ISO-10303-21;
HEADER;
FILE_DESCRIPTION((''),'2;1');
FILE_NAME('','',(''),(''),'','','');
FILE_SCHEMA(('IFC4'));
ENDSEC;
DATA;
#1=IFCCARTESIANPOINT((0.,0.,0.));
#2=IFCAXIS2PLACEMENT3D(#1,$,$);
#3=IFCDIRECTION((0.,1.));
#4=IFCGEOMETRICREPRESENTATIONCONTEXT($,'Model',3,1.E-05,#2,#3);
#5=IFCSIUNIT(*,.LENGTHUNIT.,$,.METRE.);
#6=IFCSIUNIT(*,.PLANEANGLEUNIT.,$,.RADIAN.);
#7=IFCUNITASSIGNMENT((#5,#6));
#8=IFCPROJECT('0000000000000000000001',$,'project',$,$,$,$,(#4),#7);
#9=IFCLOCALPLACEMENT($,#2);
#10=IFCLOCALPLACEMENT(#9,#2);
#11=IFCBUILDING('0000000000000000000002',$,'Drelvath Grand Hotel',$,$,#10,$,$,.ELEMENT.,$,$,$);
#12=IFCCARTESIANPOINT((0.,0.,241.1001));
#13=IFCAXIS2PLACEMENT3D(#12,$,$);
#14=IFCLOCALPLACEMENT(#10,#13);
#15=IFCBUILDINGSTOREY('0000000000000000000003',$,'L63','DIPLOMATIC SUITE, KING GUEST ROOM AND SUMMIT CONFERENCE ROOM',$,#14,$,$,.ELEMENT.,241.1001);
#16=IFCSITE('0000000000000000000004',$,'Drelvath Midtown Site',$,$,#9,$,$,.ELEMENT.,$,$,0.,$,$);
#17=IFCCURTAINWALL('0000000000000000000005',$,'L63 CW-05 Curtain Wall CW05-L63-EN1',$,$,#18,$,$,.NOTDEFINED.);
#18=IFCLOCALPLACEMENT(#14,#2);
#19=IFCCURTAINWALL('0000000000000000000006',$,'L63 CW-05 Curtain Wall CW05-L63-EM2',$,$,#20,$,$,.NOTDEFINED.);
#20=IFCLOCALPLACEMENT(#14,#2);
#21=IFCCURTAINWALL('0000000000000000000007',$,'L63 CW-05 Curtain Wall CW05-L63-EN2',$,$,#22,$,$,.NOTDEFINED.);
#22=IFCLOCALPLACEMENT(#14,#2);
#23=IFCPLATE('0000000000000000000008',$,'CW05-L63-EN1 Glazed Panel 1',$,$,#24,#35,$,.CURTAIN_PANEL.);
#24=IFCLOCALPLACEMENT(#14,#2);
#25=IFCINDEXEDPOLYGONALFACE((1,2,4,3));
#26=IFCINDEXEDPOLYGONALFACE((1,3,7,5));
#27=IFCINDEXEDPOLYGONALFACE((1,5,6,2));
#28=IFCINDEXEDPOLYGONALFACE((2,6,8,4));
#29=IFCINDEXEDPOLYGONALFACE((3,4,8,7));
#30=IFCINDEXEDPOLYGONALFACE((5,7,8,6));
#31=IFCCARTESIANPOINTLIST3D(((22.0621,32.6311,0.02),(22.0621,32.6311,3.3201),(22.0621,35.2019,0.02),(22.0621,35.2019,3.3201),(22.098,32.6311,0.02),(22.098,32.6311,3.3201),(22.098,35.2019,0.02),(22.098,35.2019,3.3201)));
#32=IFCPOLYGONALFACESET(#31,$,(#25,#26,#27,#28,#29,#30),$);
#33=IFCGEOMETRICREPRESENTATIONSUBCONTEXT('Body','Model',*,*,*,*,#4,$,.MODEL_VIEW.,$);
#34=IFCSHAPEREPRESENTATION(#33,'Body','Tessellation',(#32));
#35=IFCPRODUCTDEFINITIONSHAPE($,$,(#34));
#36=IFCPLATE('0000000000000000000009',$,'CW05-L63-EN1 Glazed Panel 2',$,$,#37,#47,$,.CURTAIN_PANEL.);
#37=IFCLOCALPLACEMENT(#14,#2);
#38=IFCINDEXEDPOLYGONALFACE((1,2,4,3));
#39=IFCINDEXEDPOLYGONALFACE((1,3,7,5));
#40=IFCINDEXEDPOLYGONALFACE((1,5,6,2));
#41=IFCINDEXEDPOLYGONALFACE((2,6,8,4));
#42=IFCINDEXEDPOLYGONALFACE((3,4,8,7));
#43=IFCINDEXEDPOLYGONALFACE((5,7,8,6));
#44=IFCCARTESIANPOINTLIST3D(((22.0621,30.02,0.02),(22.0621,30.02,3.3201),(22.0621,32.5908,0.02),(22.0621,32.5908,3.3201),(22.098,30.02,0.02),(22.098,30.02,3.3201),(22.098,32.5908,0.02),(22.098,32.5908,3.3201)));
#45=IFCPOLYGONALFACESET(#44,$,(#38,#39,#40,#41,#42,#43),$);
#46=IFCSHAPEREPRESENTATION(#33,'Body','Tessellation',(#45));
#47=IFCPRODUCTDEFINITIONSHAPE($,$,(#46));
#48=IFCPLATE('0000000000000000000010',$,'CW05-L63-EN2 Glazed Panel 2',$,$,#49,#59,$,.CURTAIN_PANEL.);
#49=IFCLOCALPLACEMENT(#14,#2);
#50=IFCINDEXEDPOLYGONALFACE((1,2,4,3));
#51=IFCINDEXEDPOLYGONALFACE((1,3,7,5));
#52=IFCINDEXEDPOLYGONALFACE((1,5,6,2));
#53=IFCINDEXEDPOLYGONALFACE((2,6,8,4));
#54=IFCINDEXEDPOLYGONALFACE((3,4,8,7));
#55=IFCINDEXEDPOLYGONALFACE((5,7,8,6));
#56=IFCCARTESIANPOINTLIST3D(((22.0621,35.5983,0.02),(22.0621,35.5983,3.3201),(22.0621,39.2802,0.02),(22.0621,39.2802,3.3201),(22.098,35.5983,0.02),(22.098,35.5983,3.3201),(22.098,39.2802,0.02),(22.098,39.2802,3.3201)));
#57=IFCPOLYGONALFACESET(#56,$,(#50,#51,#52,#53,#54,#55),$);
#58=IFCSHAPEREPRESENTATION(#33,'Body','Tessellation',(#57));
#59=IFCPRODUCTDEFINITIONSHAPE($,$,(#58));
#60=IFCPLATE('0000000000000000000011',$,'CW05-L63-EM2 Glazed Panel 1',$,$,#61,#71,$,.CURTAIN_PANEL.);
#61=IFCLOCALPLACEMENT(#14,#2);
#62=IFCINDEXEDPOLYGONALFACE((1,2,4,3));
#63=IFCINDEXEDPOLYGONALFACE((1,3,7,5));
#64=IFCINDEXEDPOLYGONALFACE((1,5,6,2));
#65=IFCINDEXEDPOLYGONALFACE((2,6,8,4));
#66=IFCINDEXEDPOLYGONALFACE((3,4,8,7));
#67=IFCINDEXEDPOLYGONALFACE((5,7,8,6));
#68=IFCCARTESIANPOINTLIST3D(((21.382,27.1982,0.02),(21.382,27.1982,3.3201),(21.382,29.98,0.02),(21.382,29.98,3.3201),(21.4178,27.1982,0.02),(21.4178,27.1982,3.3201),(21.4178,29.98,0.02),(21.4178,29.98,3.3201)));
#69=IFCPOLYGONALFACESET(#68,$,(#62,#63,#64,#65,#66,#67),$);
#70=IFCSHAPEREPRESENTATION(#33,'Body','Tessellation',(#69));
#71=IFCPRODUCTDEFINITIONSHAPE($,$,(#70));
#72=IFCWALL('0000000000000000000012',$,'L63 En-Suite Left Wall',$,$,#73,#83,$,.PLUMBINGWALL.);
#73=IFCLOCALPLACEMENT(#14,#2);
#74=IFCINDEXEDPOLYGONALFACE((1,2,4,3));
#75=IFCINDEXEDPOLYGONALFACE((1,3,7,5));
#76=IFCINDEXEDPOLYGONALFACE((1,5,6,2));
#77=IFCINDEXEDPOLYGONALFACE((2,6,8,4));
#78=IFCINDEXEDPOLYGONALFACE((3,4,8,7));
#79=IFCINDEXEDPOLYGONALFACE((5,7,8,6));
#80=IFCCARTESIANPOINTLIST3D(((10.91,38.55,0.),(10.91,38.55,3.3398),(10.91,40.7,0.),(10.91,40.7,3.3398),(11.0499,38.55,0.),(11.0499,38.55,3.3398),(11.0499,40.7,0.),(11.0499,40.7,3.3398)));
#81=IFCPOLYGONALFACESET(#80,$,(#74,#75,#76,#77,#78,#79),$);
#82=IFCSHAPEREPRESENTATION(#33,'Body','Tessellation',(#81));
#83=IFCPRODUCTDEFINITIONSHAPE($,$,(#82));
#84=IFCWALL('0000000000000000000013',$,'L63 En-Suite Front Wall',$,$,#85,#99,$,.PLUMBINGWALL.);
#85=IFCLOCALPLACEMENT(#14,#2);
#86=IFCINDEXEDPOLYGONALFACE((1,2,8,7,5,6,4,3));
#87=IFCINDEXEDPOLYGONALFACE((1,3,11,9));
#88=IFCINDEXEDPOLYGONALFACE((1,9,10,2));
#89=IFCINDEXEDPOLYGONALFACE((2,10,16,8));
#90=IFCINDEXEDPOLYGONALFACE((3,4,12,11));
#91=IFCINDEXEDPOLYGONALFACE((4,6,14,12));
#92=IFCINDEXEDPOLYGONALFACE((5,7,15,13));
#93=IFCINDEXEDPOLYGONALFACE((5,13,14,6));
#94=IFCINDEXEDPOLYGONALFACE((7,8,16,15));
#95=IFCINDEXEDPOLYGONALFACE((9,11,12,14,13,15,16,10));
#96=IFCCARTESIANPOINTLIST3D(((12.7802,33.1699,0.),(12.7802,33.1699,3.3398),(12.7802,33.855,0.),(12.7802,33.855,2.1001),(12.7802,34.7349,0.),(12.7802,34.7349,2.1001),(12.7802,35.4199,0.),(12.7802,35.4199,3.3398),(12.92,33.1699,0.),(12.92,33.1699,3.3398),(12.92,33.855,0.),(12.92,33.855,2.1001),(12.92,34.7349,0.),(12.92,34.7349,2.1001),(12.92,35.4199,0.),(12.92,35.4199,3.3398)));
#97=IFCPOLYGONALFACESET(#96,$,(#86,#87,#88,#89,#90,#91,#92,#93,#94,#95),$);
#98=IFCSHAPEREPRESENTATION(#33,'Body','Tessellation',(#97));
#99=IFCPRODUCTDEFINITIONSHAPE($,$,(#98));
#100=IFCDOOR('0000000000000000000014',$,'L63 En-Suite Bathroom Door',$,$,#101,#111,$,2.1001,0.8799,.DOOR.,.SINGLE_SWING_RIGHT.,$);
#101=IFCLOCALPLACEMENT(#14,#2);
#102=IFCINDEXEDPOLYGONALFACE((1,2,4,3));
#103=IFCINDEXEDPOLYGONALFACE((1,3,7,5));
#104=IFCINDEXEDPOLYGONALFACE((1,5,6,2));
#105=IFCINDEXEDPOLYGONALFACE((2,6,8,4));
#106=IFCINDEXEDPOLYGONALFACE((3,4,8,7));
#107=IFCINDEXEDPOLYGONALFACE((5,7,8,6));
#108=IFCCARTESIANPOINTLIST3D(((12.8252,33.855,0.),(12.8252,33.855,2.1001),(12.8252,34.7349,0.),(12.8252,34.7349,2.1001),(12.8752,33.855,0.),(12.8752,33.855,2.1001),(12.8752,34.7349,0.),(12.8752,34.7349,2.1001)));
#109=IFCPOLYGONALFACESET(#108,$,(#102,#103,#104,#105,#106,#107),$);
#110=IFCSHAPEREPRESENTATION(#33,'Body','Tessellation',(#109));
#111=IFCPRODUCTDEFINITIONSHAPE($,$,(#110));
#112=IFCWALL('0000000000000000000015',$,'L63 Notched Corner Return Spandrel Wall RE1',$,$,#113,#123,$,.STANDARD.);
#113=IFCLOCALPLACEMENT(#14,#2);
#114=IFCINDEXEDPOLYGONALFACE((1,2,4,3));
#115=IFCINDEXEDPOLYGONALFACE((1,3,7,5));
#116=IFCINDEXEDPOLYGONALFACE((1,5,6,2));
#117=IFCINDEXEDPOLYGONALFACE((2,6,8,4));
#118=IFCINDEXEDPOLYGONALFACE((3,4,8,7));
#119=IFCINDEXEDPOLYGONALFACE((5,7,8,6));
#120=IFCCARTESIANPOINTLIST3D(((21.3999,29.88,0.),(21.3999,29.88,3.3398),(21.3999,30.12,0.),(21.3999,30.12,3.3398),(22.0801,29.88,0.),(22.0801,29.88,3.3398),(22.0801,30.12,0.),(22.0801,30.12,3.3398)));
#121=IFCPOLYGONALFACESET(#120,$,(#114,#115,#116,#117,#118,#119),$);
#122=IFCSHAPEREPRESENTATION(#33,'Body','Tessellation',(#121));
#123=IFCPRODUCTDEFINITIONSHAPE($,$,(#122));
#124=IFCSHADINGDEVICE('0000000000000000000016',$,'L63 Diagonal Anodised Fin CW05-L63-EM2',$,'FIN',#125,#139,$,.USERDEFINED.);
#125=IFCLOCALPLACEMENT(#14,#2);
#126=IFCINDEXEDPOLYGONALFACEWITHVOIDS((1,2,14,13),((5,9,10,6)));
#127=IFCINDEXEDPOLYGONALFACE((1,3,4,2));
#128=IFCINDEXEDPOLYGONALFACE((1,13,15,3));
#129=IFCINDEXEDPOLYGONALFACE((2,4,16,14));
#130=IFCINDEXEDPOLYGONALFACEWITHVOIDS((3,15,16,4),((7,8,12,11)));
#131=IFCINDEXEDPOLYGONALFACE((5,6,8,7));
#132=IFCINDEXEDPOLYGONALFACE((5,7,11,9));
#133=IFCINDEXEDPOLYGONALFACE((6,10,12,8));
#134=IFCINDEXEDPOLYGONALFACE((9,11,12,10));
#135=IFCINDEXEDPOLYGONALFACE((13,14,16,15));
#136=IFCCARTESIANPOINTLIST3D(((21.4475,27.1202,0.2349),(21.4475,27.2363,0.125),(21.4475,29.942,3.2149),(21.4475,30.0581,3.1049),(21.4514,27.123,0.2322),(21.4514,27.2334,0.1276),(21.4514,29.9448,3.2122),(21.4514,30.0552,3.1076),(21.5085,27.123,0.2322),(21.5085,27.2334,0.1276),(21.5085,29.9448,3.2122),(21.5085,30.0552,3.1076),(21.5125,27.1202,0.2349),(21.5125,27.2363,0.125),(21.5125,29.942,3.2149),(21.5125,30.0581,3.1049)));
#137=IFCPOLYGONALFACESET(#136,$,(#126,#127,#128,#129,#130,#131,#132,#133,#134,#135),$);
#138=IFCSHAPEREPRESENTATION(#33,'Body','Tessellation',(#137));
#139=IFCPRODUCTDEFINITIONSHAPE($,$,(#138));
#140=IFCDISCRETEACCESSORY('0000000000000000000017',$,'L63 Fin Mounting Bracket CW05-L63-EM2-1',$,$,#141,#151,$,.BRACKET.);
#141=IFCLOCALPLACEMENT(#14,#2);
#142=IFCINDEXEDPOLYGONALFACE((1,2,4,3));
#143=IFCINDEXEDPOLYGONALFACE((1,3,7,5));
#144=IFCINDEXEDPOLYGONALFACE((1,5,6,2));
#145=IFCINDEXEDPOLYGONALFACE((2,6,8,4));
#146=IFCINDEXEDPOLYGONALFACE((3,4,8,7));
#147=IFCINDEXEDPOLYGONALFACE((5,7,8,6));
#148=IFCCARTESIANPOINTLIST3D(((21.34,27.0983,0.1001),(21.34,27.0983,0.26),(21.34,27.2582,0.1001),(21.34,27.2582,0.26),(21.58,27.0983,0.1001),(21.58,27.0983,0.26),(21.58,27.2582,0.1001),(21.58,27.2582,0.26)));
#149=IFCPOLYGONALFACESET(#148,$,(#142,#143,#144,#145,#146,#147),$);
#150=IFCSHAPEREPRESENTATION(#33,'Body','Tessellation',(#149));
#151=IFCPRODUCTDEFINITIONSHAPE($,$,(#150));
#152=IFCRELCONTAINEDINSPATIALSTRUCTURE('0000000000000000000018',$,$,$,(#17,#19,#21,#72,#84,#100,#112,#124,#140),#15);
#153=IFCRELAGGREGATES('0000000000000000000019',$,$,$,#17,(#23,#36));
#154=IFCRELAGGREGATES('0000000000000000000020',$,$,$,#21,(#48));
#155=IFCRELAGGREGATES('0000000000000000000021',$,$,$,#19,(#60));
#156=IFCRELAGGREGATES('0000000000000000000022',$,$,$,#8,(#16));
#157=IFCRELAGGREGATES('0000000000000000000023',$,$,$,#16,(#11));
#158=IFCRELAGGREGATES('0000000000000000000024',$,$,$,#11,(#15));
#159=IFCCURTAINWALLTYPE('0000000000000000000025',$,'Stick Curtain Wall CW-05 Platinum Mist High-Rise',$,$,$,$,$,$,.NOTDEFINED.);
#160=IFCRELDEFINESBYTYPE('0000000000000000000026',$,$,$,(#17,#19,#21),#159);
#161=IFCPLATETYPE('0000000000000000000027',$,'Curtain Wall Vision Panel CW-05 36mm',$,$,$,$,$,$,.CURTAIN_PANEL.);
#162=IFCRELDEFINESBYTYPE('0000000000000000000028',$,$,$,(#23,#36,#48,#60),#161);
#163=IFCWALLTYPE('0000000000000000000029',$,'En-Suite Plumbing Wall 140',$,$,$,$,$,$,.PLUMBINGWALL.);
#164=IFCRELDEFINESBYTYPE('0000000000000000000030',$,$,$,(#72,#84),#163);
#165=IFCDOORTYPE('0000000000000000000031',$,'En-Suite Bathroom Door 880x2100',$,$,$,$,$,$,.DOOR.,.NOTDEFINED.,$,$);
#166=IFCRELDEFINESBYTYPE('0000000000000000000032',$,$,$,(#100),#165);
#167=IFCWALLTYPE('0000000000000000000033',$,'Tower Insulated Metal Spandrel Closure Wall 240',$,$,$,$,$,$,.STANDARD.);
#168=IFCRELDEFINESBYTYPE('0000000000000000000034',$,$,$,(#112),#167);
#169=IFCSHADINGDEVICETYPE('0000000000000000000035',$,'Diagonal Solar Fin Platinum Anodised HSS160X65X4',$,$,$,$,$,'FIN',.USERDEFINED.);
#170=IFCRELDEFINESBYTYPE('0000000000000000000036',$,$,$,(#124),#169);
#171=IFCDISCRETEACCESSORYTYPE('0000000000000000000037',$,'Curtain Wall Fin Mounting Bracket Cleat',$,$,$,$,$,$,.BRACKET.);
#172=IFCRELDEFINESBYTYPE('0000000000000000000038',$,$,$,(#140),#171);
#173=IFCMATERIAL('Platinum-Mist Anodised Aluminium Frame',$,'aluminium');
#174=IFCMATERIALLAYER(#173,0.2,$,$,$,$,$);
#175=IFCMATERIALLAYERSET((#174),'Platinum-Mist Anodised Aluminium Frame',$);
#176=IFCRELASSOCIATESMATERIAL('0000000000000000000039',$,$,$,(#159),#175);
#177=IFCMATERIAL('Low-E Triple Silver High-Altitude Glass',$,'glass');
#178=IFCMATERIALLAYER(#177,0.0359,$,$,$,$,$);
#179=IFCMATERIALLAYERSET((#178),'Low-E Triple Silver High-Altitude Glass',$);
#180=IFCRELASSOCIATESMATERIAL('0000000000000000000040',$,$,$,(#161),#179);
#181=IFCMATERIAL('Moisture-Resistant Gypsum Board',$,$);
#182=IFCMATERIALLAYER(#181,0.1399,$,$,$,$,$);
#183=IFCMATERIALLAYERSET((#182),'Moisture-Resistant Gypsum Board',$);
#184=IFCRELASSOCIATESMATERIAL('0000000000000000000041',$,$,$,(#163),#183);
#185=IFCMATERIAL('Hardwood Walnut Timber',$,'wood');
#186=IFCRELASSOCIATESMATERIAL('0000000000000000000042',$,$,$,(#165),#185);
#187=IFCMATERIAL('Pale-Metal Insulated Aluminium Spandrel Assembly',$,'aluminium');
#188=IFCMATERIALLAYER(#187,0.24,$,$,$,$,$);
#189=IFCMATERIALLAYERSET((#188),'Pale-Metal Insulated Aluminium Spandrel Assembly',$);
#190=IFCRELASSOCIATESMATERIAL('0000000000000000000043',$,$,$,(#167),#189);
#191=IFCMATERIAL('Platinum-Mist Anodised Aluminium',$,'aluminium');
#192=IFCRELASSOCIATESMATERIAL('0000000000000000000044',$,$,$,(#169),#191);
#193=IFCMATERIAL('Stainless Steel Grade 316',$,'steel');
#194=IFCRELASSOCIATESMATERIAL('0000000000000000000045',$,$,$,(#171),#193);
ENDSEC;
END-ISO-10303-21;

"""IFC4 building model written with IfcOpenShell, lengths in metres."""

from ifc_helpers import new_model, si_unit, direction, frame, frame_2d, origin, origin_2d, place, context, subcontext, project, spatial, rectangle, hollow_rectangle, extrude, material, layer, layer_set, material_profile, profile_set, type_object, element, fill, aggregate, save


model = new_model("IFC4")

# Units and contexts
model_context = context("Model", 3, precision=1e-05, world=origin(), true_north=direction((0.0, 1.0)))
body_context = subcontext(model_context, "Body", "Model", "MODEL_VIEW")
ifc_project = project(units=[si_unit("LENGTHUNIT", "METRE"), si_unit("PLANEANGLEUNIT", "RADIAN")], contexts=[model_context])

# Site, building, storey
site_placement = place(None, origin())
site = spatial("IfcSite", under=ifc_project, at=site_placement, Name="Drelvath Midtown Site", CompositionType="ELEMENT", RefElevation=0.0)
building_placement = place(site_placement, origin())
building = spatial("IfcBuilding", under=site, at=building_placement, Name="Drelvath Grand Hotel", CompositionType="ELEMENT")
storey_placement = place(building_placement, frame((0.0, 0.0, 241.1001)))
storey = spatial("IfcBuildingStorey", under=building, at=storey_placement, Name="L63", Description="DIPLOMATIC SUITE, KING GUEST ROOM AND SUMMIT CONFERENCE ROOM", CompositionType="ELEMENT", Elevation=241.1001)

# Curtain walls
ifc_material_1 = material(Name="Platinum-Mist Anodised Aluminium Frame", Category="aluminium")
ifc_layer_1 = layer(ifc_material_1, 0.2)
ifc_layer_set_1 = layer_set([ifc_layer_1], Name="Platinum-Mist Anodised Aluminium Frame")
curtain_wall_type = type_object("IfcCurtainWallType", Name="Stick Curtain Wall CW-05 Platinum Mist High-Rise", PredefinedType="NOTDEFINED", material=ifc_layer_set_1)
curtain_wall_1_placement = place(storey_placement, origin())
curtain_wall_1 = element("IfcCurtainWall", 1, at=curtain_wall_1_placement, inside=storey, type_object=curtain_wall_type, Name="L63 CW-05 Curtain Wall CW05-L63-EN1", PredefinedType="NOTDEFINED")
curtain_wall_2_placement = place(storey_placement, origin())
curtain_wall_2 = element("IfcCurtainWall", 2, at=curtain_wall_2_placement, inside=storey, type_object=curtain_wall_type, Name="L63 CW-05 Curtain Wall CW05-L63-EM2", PredefinedType="NOTDEFINED")

# Curtain wall
curtain_wall_3_placement = place(storey_placement, origin())
curtain_wall_3 = element("IfcCurtainWall", 3, at=curtain_wall_3_placement, inside=storey, type_object=curtain_wall_type, Name="L63 CW-05 Curtain Wall CW05-L63-EN2", PredefinedType="NOTDEFINED")

# Plates
ifc_material_2 = material(Name="Low-E Triple Silver High-Altitude Glass", Category="glass")
ifc_layer_2 = layer(ifc_material_2, 0.0359)
ifc_layer_set_2 = layer_set([ifc_layer_2], Name="Low-E Triple Silver High-Altitude Glass")
plate_type = type_object("IfcPlateType", Name="Curtain Wall Vision Panel CW-05 36mm", PredefinedType="CURTAIN_PANEL", material=ifc_layer_set_2)
plate_1_placement = place(storey_placement, frame((22.0801, 33.9165, 0.02), z_axis=(0.0, 0.0, 1.0), x_axis=(0.0, -1.0, 0.0)))
plate_1 = element("IfcPlate", 4, at=plate_1_placement, type_object=plate_type, Name="CW05-L63-EN1 Glazed Panel 1", PredefinedType="CURTAIN_PANEL", context=body_context, shape_type="SweptSolid", body=[
    extrude(rectangle(XDim=2.5708, YDim=0.0359, at=origin_2d()), origin(), (0.0, 0.0, 1.0), 3.3),
])
plate_2_placement = place(storey_placement, frame((22.0801, 31.3054, 0.02), z_axis=(0.0, 0.0, 1.0), x_axis=(0.0, -1.0, 0.0)))
plate_2 = element("IfcPlate", 5, at=plate_2_placement, type_object=plate_type, Name="CW05-L63-EN1 Glazed Panel 2", PredefinedType="CURTAIN_PANEL", context=body_context, shape_type="SweptSolid", body=[
    extrude(rectangle(XDim=2.5708, YDim=0.0359, at=origin_2d()), origin(), (0.0, 0.0, 1.0), 3.3),
])
aggregate(curtain_wall_1, [plate_1, plate_2])
plate_3_placement = place(storey_placement, frame((22.0801, 37.4392, 0.02), z_axis=(0.0, 0.0, 1.0), x_axis=(0.0, -1.0, 0.0)))
plate_3 = element("IfcPlate", 6, at=plate_3_placement, type_object=plate_type, Name="CW05-L63-EN2 Glazed Panel 2", PredefinedType="CURTAIN_PANEL", context=body_context, shape_type="SweptSolid", body=[
    extrude(rectangle(XDim=3.6819, YDim=0.0359, at=origin_2d()), origin(), (0.0, 0.0, 1.0), 3.3),
])
aggregate(curtain_wall_3, [plate_3])
plate_4_placement = place(storey_placement, frame((21.3999, 28.5891, 0.02), z_axis=(0.0, 0.0, 1.0), x_axis=(0.0, -1.0, 0.0)))
plate_4 = element("IfcPlate", 7, at=plate_4_placement, type_object=plate_type, Name="CW05-L63-EM2 Glazed Panel 1", PredefinedType="CURTAIN_PANEL", context=body_context, shape_type="SweptSolid", body=[
    extrude(rectangle(XDim=2.7817, YDim=0.0359, at=origin_2d()), origin(), (0.0, 0.0, 1.0), 3.3),
])
aggregate(curtain_wall_2, [plate_4])

# Wall
ifc_material_3 = material(Name="Moisture-Resistant Gypsum Board")
ifc_layer_3 = layer(ifc_material_3, 0.1399)
ifc_layer_set_3 = layer_set([ifc_layer_3], Name="Moisture-Resistant Gypsum Board")
wall_type_1 = type_object("IfcWallType", Name="En-Suite Plumbing Wall 140", PredefinedType="PLUMBINGWALL", material=ifc_layer_set_3)
wall_1_placement = place(storey_placement, frame((10.98, 38.55, 0.0), z_axis=(0.0, 0.0, 1.0), x_axis=(0.0, 1.0, 0.0)))
element("IfcWall", 8, at=wall_1_placement, inside=storey, type_object=wall_type_1, Name="L63 En-Suite Left Wall", PredefinedType="PLUMBINGWALL", context=body_context, shape_type="SweptSolid", body=[
    extrude(rectangle(XDim=2.1499, YDim=0.1399, at=frame_2d((1.075, 0.0))), origin(), (0.0, 0.0, 1.0), 3.3398),
])

# Wall, opening, door
wall_2_placement = place(storey_placement, frame((12.8501, 33.1699, 0.0), z_axis=(0.0, 0.0, 1.0), x_axis=(0.0, 1.0, 0.0)))
wall_2 = element("IfcWall", 9, at=wall_2_placement, inside=storey, type_object=wall_type_1, Name="L63 En-Suite Front Wall", PredefinedType="PLUMBINGWALL", context=body_context, shape_type="SweptSolid", body=[
    extrude(rectangle(XDim=2.25, YDim=0.1399, at=frame_2d((1.125, 0.0))), origin(), (0.0, 0.0, 1.0), 3.3398),
])
opening_placement = place(wall_2_placement, frame((0.6851, 0.0, 0.0)))
opening = element("IfcOpeningElement", 10, at=opening_placement, cuts=wall_2, PredefinedType="OPENING", context=body_context, shape_type="SweptSolid", body=[
    extrude(rectangle(XDim=0.8799, YDim=2.1001, at=frame_2d((0.4399, 1.05))), frame((0.0, 0.0798, 0.0), z_axis=(0.0, -1.0, 0.0), x_axis=(1.0, 0.0, 0.0)), (0.0, 0.0, 1.0), 0.1599),
])
ifc_material_4 = material(Name="Hardwood Walnut Timber", Category="wood")
door_type = type_object("IfcDoorType", Name="En-Suite Bathroom Door 880x2100", OperationType="NOTDEFINED", PredefinedType="DOOR", material=ifc_material_4)
door_placement = place(opening_placement, origin())
door = element("IfcDoor", 11, at=door_placement, inside=storey, type_object=door_type, Name="L63 En-Suite Bathroom Door", OperationType="SINGLE_SWING_RIGHT", OverallHeight=2.1001, OverallWidth=0.8799, PredefinedType="DOOR", context=body_context, shape_type="SweptSolid", body=[
    extrude(rectangle(XDim=0.8799, YDim=2.1001, at=frame_2d((0.4399, 1.05))), frame((0.0, 0.0249, 0.0), z_axis=(0.0, -1.0, 0.0), x_axis=(1.0, 0.0, 0.0)), (0.0, 0.0, 1.0), 0.05),
])
fill(opening, door)

# Wall
ifc_material_5 = material(Name="Pale-Metal Insulated Aluminium Spandrel Assembly", Category="aluminium")
ifc_layer_4 = layer(ifc_material_5, 0.24)
ifc_layer_set_4 = layer_set([ifc_layer_4], Name="Pale-Metal Insulated Aluminium Spandrel Assembly")
wall_type_2 = type_object("IfcWallType", Name="Tower Insulated Metal Spandrel Closure Wall 240", PredefinedType="STANDARD", material=ifc_layer_set_4)
wall_3_placement = place(storey_placement, frame((22.0801, 30.0, 0.0), z_axis=(0.0, 0.0, 1.0), x_axis=(-1.0, 0.0, 0.0)))
element("IfcWall", 12, at=wall_3_placement, inside=storey, type_object=wall_type_2, Name="L63 Notched Corner Return Spandrel Wall RE1", PredefinedType="STANDARD", context=body_context, shape_type="SweptSolid", body=[
    extrude(rectangle(XDim=0.6802, YDim=0.24, at=frame_2d((0.3401, 0.0))), origin(), (0.0, 0.0, 1.0), 3.3398),
])

# Shading device
ifc_material_6 = material(Name="Platinum-Mist Anodised Aluminium", Category="aluminium")
ifc_material_profile_1 = material_profile(ifc_material_6, hollow_rectangle(XDim=0.0649, YDim=0.1599, WallThickness=0.0039, at=origin_2d()), Name="HSS160X65X4")
ifc_profile_set_1 = profile_set([ifc_material_profile_1], Name="Platinum-Mist Anodised Aluminium")
shading_device_type = type_object("IfcShadingDeviceType", Name="Diagonal Solar Fin Platinum Anodised HSS160X65X4", ElementType="FIN", PredefinedType="USERDEFINED", material=ifc_profile_set_1)
shading_device_placement = place(storey_placement, frame((21.48, 27.1782, 0.1799), z_axis=(0.0, 0.68757, 0.726118), x_axis=(-1.0, 0.0, 0.0)))
element("IfcShadingDevice", 13, at=shading_device_placement, inside=storey, type_object=shading_device_type, Name="L63 Diagonal Anodised Fin CW05-L63-EM2", ObjectType="FIN", PredefinedType="USERDEFINED", context=body_context, shape_type="SweptSolid", body=[
    extrude(hollow_rectangle(XDim=0.0649, YDim=0.1599, WallThickness=0.0039, at=origin_2d()), origin(), (0.0, 0.0, 1.0), 4.104),
])

# Discrete accessory
ifc_material_7 = material(Name="Stainless Steel Grade 316", Category="steel")
discrete_accessory_type = type_object("IfcDiscreteAccessoryType", Name="Curtain Wall Fin Mounting Bracket Cleat", PredefinedType="BRACKET", material=ifc_material_7)
discrete_accessory_placement = place(storey_placement, frame((21.46, 27.1782, 0.1001), z_axis=(0.0, 0.0, 1.0), x_axis=(0.0, -1.0, 0.0)))
element("IfcDiscreteAccessory", 14, at=discrete_accessory_placement, inside=storey, type_object=discrete_accessory_type, Name="L63 Fin Mounting Bracket CW05-L63-EM2-1", PredefinedType="BRACKET", context=body_context, shape_type="SweptSolid", body=[
    extrude(rectangle(XDim=0.1599, YDim=0.24, at=origin_2d()), origin(), (0.0, 0.0, 1.0), 0.1599),
])

save(model, "model.ifc")
